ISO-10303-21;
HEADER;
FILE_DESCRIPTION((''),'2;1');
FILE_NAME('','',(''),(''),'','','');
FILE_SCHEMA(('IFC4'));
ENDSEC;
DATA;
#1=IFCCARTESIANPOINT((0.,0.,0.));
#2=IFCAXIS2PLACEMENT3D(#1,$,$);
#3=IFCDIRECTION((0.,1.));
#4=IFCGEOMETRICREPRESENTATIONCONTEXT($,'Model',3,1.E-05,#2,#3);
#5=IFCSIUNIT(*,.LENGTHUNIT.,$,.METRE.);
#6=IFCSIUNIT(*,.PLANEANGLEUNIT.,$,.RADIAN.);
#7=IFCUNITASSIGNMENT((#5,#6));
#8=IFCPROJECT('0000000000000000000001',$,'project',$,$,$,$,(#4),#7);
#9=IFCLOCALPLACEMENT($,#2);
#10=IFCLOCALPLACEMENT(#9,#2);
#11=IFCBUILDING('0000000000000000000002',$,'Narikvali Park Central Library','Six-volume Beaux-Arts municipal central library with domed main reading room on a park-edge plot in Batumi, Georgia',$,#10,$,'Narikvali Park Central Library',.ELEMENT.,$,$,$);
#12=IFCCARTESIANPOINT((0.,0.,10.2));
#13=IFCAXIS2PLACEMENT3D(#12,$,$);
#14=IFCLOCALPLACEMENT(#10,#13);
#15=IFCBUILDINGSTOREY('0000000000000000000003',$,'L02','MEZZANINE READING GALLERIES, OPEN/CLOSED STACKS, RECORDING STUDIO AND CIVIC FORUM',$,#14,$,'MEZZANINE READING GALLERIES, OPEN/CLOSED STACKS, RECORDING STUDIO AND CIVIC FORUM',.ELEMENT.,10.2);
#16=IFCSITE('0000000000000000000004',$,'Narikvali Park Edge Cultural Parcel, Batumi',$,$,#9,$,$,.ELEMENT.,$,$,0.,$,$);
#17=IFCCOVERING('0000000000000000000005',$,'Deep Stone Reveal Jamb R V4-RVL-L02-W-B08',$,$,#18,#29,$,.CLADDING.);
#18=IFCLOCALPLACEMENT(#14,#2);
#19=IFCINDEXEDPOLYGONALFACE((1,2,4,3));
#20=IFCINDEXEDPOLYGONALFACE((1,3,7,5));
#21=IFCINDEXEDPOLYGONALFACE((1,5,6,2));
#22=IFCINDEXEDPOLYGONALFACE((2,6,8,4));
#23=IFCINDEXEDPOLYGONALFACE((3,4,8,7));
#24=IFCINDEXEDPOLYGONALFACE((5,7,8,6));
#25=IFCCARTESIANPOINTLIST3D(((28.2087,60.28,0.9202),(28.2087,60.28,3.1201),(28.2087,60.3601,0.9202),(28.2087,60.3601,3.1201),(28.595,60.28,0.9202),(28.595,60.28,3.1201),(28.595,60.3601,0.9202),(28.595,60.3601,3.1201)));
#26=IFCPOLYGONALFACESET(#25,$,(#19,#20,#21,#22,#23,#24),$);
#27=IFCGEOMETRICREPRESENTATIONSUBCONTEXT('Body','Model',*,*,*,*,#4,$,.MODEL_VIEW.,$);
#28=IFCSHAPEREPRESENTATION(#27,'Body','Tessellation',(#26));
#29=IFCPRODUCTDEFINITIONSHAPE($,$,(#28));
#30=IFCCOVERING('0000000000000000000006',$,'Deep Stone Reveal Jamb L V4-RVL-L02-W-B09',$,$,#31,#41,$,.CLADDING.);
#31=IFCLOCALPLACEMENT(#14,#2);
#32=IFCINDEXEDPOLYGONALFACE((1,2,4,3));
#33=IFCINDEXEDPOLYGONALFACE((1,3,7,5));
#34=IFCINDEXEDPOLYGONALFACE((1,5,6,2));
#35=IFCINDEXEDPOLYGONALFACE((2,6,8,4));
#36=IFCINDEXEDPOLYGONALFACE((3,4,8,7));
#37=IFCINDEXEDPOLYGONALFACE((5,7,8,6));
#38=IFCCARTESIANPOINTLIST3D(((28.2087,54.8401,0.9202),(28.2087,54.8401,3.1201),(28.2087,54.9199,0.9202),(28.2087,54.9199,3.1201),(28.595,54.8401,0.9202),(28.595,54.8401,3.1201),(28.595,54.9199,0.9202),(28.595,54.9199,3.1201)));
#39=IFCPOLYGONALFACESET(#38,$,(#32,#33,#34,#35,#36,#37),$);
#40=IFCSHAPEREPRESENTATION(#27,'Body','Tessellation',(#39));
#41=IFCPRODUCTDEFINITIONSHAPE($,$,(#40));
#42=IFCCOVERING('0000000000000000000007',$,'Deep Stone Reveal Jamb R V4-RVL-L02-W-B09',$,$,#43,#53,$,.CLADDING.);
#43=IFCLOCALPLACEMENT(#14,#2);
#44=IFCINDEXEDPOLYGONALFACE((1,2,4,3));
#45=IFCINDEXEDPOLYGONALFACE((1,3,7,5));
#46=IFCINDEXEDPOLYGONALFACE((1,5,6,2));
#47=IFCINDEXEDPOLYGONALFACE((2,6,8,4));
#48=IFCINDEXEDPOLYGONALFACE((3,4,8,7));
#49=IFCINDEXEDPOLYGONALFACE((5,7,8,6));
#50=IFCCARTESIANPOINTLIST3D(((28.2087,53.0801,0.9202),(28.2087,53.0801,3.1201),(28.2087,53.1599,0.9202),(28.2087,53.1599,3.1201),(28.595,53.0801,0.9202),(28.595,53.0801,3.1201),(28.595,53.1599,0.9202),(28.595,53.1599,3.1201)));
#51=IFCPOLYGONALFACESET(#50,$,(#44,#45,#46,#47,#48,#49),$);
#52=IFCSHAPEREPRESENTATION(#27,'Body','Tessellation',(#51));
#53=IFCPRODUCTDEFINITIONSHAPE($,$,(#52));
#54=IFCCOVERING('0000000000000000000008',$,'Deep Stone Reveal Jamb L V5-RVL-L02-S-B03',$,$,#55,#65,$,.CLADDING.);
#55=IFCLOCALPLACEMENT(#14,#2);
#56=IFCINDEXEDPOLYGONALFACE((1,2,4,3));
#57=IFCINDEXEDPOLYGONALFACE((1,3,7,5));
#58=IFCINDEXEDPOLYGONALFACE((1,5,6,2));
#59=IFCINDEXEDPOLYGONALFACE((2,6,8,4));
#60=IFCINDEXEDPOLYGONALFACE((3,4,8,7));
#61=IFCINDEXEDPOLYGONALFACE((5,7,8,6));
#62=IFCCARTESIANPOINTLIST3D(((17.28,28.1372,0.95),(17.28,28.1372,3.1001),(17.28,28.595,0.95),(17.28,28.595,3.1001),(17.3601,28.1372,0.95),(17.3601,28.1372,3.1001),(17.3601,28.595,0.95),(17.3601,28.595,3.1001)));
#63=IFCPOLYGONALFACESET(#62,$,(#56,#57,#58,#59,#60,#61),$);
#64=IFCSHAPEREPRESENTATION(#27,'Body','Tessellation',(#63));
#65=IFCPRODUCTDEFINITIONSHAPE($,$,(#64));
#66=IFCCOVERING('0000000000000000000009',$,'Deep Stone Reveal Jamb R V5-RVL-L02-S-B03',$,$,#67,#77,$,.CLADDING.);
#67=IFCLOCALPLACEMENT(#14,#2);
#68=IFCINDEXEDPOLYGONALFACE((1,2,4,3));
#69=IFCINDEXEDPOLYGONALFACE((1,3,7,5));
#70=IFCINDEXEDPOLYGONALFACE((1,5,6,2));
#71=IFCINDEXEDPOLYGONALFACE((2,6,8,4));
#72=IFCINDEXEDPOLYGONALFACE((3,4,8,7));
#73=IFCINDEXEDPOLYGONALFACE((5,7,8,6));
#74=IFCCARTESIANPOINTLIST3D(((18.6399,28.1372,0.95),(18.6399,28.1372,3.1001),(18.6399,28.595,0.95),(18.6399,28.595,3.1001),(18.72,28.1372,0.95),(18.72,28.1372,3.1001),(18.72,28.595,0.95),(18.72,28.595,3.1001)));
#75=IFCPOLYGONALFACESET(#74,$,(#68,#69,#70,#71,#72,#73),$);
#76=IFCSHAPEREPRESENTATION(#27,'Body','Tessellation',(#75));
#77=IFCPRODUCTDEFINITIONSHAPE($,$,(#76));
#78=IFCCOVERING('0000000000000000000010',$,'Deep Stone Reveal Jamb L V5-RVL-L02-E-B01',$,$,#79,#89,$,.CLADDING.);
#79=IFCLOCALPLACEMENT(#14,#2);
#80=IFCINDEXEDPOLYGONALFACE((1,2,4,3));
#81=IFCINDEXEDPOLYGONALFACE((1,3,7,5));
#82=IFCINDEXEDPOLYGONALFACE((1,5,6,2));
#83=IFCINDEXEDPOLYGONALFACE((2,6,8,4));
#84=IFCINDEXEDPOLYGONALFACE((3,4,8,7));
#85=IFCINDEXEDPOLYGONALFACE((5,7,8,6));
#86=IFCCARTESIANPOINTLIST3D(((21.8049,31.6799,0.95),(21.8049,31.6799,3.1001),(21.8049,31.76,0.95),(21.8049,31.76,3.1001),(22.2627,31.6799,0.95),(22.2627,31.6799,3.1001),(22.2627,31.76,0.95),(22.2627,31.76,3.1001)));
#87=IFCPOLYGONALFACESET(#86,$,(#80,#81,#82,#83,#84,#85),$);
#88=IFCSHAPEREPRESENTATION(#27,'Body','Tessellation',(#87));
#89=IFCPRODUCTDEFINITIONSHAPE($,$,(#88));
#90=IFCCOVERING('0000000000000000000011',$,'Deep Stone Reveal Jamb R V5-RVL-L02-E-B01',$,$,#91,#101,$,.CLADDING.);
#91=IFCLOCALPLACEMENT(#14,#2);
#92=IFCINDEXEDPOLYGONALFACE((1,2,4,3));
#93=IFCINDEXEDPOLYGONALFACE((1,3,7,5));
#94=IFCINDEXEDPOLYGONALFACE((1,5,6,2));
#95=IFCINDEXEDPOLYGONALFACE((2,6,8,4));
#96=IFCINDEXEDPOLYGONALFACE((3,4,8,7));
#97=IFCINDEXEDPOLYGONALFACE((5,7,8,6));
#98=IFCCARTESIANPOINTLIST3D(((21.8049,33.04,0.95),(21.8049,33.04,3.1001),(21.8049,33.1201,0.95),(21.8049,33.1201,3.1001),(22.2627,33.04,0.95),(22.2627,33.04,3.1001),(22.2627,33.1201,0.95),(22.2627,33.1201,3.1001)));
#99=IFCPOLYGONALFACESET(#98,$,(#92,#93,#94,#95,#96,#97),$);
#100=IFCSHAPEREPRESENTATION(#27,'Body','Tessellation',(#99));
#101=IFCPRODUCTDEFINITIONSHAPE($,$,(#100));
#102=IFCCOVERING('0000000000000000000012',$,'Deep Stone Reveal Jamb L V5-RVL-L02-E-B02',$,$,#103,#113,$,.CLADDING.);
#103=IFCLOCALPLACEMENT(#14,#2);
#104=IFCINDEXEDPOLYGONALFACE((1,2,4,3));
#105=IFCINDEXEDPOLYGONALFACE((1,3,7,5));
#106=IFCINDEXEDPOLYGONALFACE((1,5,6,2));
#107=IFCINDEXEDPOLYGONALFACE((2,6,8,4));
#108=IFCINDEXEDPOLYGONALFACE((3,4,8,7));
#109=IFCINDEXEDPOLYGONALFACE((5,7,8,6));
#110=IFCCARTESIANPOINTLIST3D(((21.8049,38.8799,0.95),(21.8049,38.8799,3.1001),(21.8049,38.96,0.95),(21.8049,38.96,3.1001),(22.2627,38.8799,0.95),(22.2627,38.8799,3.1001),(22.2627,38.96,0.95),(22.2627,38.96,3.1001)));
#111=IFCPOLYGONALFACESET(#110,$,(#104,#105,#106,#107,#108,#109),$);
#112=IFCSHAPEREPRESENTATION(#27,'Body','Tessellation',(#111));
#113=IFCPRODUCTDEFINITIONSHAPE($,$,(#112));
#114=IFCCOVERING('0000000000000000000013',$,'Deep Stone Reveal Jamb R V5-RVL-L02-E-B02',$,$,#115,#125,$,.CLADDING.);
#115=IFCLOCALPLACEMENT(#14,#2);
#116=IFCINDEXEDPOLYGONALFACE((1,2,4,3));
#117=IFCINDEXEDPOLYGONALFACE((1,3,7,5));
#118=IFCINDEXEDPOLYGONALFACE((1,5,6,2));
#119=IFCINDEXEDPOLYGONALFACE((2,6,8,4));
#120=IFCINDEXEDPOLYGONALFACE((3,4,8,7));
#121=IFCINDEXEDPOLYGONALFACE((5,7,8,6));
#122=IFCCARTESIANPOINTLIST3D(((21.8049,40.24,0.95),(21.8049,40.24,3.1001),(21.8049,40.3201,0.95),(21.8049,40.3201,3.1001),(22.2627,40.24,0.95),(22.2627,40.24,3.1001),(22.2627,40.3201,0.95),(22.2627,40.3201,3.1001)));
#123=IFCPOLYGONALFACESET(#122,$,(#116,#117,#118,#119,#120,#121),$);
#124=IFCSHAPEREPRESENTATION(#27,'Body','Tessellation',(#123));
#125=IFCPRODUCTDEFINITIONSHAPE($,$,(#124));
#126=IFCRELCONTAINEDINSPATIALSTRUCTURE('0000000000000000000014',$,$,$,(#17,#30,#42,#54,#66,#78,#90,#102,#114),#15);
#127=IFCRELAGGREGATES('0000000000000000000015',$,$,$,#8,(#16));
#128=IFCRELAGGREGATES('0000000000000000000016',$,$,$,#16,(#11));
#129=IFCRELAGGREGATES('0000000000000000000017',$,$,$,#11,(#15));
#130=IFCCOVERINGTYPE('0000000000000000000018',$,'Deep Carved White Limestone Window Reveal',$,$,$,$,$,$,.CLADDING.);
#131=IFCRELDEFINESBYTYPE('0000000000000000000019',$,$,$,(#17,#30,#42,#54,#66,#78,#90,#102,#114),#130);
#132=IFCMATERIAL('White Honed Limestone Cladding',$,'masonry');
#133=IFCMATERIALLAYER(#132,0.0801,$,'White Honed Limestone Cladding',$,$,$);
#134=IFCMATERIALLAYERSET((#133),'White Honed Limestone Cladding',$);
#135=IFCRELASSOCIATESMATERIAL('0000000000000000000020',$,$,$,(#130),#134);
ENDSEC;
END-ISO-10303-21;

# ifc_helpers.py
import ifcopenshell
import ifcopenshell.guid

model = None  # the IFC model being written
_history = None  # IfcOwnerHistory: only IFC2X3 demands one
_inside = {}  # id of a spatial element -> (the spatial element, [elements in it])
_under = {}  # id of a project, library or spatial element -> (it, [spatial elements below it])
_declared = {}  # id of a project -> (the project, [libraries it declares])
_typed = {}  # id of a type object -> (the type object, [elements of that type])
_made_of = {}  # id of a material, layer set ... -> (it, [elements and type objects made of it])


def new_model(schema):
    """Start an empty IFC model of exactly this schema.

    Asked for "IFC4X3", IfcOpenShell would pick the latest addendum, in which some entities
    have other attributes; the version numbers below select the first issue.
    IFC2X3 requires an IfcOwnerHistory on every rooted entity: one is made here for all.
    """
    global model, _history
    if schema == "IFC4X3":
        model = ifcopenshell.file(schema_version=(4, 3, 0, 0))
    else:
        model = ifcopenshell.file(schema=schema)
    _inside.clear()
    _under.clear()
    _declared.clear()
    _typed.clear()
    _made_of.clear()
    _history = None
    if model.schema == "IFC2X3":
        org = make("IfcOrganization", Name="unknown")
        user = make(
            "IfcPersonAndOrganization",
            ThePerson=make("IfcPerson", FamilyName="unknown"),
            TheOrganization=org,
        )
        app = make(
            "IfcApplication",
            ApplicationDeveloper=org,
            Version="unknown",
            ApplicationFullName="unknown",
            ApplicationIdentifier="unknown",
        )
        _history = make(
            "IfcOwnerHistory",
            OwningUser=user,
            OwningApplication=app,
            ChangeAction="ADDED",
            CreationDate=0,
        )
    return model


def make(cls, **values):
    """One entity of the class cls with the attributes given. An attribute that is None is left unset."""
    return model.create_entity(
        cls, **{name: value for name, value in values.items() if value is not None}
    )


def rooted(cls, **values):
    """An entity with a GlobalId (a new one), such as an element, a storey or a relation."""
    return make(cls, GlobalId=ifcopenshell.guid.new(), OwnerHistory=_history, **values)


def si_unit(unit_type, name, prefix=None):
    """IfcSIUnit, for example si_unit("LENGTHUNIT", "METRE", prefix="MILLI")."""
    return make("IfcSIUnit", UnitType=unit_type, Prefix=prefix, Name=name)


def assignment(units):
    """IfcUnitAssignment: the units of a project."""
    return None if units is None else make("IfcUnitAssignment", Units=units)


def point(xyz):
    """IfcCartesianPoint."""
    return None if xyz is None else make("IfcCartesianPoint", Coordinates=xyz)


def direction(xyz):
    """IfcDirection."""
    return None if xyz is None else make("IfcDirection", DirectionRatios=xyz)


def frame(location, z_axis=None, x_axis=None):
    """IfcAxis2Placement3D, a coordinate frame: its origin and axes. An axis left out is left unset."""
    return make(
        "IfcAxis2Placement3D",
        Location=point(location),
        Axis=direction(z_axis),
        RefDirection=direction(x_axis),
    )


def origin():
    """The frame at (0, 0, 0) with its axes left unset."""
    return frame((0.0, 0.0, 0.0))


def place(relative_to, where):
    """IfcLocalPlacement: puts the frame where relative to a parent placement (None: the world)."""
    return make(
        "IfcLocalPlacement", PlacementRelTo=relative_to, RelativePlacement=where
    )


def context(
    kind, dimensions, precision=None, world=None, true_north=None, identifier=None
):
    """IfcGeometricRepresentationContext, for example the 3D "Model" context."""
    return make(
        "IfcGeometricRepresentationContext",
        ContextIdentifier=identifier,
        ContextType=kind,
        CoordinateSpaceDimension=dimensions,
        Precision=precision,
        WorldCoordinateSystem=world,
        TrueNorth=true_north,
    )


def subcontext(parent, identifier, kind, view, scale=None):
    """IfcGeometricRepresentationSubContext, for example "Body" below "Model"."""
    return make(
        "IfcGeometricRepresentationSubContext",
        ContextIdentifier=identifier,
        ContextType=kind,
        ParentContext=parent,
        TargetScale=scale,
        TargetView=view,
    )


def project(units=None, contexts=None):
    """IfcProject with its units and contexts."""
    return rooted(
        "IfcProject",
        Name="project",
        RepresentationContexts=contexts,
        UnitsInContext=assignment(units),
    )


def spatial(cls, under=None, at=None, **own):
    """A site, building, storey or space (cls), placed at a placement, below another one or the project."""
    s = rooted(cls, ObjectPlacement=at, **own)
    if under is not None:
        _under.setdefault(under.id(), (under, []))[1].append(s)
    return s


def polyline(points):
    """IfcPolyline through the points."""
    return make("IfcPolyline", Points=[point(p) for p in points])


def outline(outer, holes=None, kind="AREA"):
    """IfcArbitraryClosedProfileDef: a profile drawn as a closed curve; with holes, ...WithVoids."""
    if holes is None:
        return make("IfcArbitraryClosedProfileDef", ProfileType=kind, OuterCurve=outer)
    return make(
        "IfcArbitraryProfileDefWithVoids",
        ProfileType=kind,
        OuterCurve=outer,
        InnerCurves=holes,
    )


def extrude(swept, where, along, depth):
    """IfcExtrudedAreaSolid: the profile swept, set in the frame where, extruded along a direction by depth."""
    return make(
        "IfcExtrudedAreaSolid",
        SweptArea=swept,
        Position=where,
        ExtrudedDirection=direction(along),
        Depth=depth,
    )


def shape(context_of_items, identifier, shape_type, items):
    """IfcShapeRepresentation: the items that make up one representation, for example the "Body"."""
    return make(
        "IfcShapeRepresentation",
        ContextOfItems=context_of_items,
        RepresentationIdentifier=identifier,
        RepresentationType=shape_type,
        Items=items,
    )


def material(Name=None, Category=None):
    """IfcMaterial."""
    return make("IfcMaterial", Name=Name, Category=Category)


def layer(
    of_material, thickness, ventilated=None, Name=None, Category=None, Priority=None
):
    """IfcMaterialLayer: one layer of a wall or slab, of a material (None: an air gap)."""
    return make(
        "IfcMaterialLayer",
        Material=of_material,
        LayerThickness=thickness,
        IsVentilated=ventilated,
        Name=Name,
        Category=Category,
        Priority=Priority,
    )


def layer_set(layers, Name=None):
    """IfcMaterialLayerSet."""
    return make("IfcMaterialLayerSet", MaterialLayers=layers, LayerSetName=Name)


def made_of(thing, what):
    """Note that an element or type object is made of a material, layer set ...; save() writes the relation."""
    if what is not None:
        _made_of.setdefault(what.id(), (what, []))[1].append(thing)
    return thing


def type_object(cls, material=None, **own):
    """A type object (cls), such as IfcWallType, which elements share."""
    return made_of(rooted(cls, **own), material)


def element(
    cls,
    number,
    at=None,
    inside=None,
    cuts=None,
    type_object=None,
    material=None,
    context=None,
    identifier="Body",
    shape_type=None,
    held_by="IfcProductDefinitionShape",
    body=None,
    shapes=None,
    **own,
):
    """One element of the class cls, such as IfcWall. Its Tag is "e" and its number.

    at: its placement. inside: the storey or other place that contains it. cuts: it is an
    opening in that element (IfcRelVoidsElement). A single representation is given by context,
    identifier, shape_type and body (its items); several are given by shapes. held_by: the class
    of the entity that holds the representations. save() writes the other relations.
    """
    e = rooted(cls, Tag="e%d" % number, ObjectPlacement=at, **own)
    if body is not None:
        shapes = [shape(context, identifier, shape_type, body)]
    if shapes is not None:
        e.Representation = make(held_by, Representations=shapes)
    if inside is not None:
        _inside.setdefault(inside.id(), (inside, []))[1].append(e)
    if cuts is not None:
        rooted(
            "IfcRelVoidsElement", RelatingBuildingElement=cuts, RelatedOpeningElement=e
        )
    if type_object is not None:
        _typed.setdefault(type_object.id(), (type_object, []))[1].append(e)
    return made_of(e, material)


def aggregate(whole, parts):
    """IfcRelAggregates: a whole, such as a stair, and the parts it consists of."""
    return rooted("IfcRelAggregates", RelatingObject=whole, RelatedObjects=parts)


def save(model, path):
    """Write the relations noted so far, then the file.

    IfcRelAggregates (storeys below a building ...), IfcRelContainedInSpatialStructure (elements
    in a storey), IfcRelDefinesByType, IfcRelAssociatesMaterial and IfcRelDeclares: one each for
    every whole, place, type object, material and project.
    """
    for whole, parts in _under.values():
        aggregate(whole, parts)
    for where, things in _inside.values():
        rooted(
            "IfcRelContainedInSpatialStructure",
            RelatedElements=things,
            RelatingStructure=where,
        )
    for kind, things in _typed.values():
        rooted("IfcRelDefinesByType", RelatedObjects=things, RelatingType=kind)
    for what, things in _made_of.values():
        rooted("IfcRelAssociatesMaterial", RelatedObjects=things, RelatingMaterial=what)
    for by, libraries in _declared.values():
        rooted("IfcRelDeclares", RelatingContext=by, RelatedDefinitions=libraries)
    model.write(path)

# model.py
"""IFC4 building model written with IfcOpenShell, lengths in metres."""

from ifc_helpers import new_model, si_unit, direction, frame, origin, place, context, subcontext, project, spatial, polyline, outline, extrude, material, layer, layer_set, type_object, element, save


model = new_model("IFC4")

# Units and contexts
model_context = context("Model", 3, precision=1e-05, world=origin(), true_north=direction((0.0, 1.0)))
body_context = subcontext(model_context, "Body", "Model", "MODEL_VIEW")
ifc_project = project(units=[si_unit("LENGTHUNIT", "METRE"), si_unit("PLANEANGLEUNIT", "RADIAN")], contexts=[model_context])

# Site, building, storey
site_placement = place(None, origin())
site = spatial("IfcSite", under=ifc_project, at=site_placement, Name="Narikvali Park Edge Cultural Parcel, Batumi", CompositionType="ELEMENT", RefElevation=0.0)
building_placement = place(site_placement, origin())
building = spatial("IfcBuilding", under=site, at=building_placement, Name="Narikvali Park Central Library", Description="Six-volume Beaux-Arts municipal central library with domed main reading room on a park-edge plot in Batumi, Georgia", LongName="Narikvali Park Central Library", CompositionType="ELEMENT")
storey_placement = place(building_placement, frame((0.0, 0.0, 10.2)))
storey = spatial("IfcBuildingStorey", under=building, at=storey_placement, Name="L02", Description="MEZZANINE READING GALLERIES, OPEN/CLOSED STACKS, RECORDING STUDIO AND CIVIC FORUM", LongName="MEZZANINE READING GALLERIES, OPEN/CLOSED STACKS, RECORDING STUDIO AND CIVIC FORUM", CompositionType="ELEMENT", Elevation=10.2)

# Coverings
ifc_material = material(Name="White Honed Limestone Cladding", Category="masonry")
ifc_layer = layer(ifc_material, 0.0801, Name="White Honed Limestone Cladding")
ifc_layer_set = layer_set([ifc_layer], Name="White Honed Limestone Cladding")
covering_type = type_object("IfcCoveringType", Name="Deep Carved White Limestone Window Reveal", PredefinedType="CLADDING", material=ifc_layer_set)
covering_1_placement = place(storey_placement, frame((0.0, 0.0, 0.9202)))
element("IfcCovering", 1, at=covering_1_placement, inside=storey, type_object=covering_type, Name="Deep Stone Reveal Jamb R V4-RVL-L02-W-B08", PredefinedType="CLADDING", context=body_context, shape_type="SweptSolid", body=[
    extrude(outline(polyline([(28.595, 60.3601), (28.595, 60.28), (28.2087, 60.28), (28.2087, 60.3601), (28.595, 60.3601)])), origin(), (0.0, 0.0, 1.0), 2.2),
])
covering_2_placement = place(storey_placement, frame((0.0, 0.0, 0.9202)))
element("IfcCovering", 2, at=covering_2_placement, inside=storey, type_object=covering_type, Name="Deep Stone Reveal Jamb L V4-RVL-L02-W-B09", PredefinedType="CLADDING", context=body_context, shape_type="SweptSolid", body=[
    extrude(outline(polyline([(28.595, 54.9199), (28.595, 54.8401), (28.2087, 54.8401), (28.2087, 54.9199), (28.595, 54.9199)])), origin(), (0.0, 0.0, 1.0), 2.2),
])
covering_3_placement = place(storey_placement, frame((0.0, 0.0, 0.9202)))
element("IfcCovering", 3, at=covering_3_placement, inside=storey, type_object=covering_type, Name="Deep Stone Reveal Jamb R V4-RVL-L02-W-B09", PredefinedType="CLADDING", context=body_context, shape_type="SweptSolid", body=[
    extrude(outline(polyline([(28.595, 53.1599), (28.595, 53.0801), (28.2087, 53.0801), (28.2087, 53.1599), (28.595, 53.1599)])), origin(), (0.0, 0.0, 1.0), 2.2),
])
covering_4_placement = place(storey_placement, frame((0.0, 0.0, 0.95)))
element("IfcCovering", 4, at=covering_4_placement, inside=storey, type_object=covering_type, Name="Deep Stone Reveal Jamb L V5-RVL-L02-S-B03", PredefinedType="CLADDING", context=body_context, shape_type="SweptSolid", body=[
    extrude(outline(polyline([(17.28, 28.595), (17.3601, 28.595), (17.3601, 28.1372), (17.28, 28.1372), (17.28, 28.595)])), origin(), (0.0, 0.0, 1.0), 2.1501),
])
covering_5_placement = place(storey_placement, frame((0.0, 0.0, 0.95)))
element("IfcCovering", 5, at=covering_5_placement, inside=storey, type_object=covering_type, Name="Deep Stone Reveal Jamb R V5-RVL-L02-S-B03", PredefinedType="CLADDING", context=body_context, shape_type="SweptSolid", body=[
    extrude(outline(polyline([(18.6399, 28.595), (18.72, 28.595), (18.72, 28.1372), (18.6399, 28.1372), (18.6399, 28.595)])), origin(), (0.0, 0.0, 1.0), 2.1501),
])
covering_6_placement = place(storey_placement, frame((0.0, 0.0, 0.95)))
element("IfcCovering", 6, at=covering_6_placement, inside=storey, type_object=covering_type, Name="Deep Stone Reveal Jamb L V5-RVL-L02-E-B01", PredefinedType="CLADDING", context=body_context, shape_type="SweptSolid", body=[
    extrude(outline(polyline([(21.8049, 31.6799), (21.8049, 31.76), (22.2627, 31.76), (22.2627, 31.6799), (21.8049, 31.6799)])), origin(), (0.0, 0.0, 1.0), 2.1501),
])
covering_7_placement = place(storey_placement, frame((0.0, 0.0, 0.95)))
element("IfcCovering", 7, at=covering_7_placement, inside=storey, type_object=covering_type, Name="Deep Stone Reveal Jamb R V5-RVL-L02-E-B01", PredefinedType="CLADDING", context=body_context, shape_type="SweptSolid", body=[
    extrude(outline(polyline([(21.8049, 33.04), (21.8049, 33.1201), (22.2627, 33.1201), (22.2627, 33.04), (21.8049, 33.04)])), origin(), (0.0, 0.0, 1.0), 2.1501),
])
covering_8_placement = place(storey_placement, frame((0.0, 0.0, 0.95)))
element("IfcCovering", 8, at=covering_8_placement, inside=storey, type_object=covering_type, Name="Deep Stone Reveal Jamb L V5-RVL-L02-E-B02", PredefinedType="CLADDING", context=body_context, shape_type="SweptSolid", body=[
    extrude(outline(polyline([(21.8049, 38.8799), (21.8049, 38.96), (22.2627, 38.96), (22.2627, 38.8799), (21.8049, 38.8799)])), origin(), (0.0, 0.0, 1.0), 2.1501),
])
covering_9_placement = place(storey_placement, frame((0.0, 0.0, 0.95)))
element("IfcCovering", 9, at=covering_9_placement, inside=storey, type_object=covering_type, Name="Deep Stone Reveal Jamb R V5-RVL-L02-E-B02", PredefinedType="CLADDING", context=body_context, shape_type="SweptSolid", body=[
    extrude(outline(polyline([(21.8049, 40.24), (21.8049, 40.3201), (22.2627, 40.3201), (22.2627, 40.24), (21.8049, 40.24)])), origin(), (0.0, 0.0, 1.0), 2.1501),
])

save(model, "model.ifc")
